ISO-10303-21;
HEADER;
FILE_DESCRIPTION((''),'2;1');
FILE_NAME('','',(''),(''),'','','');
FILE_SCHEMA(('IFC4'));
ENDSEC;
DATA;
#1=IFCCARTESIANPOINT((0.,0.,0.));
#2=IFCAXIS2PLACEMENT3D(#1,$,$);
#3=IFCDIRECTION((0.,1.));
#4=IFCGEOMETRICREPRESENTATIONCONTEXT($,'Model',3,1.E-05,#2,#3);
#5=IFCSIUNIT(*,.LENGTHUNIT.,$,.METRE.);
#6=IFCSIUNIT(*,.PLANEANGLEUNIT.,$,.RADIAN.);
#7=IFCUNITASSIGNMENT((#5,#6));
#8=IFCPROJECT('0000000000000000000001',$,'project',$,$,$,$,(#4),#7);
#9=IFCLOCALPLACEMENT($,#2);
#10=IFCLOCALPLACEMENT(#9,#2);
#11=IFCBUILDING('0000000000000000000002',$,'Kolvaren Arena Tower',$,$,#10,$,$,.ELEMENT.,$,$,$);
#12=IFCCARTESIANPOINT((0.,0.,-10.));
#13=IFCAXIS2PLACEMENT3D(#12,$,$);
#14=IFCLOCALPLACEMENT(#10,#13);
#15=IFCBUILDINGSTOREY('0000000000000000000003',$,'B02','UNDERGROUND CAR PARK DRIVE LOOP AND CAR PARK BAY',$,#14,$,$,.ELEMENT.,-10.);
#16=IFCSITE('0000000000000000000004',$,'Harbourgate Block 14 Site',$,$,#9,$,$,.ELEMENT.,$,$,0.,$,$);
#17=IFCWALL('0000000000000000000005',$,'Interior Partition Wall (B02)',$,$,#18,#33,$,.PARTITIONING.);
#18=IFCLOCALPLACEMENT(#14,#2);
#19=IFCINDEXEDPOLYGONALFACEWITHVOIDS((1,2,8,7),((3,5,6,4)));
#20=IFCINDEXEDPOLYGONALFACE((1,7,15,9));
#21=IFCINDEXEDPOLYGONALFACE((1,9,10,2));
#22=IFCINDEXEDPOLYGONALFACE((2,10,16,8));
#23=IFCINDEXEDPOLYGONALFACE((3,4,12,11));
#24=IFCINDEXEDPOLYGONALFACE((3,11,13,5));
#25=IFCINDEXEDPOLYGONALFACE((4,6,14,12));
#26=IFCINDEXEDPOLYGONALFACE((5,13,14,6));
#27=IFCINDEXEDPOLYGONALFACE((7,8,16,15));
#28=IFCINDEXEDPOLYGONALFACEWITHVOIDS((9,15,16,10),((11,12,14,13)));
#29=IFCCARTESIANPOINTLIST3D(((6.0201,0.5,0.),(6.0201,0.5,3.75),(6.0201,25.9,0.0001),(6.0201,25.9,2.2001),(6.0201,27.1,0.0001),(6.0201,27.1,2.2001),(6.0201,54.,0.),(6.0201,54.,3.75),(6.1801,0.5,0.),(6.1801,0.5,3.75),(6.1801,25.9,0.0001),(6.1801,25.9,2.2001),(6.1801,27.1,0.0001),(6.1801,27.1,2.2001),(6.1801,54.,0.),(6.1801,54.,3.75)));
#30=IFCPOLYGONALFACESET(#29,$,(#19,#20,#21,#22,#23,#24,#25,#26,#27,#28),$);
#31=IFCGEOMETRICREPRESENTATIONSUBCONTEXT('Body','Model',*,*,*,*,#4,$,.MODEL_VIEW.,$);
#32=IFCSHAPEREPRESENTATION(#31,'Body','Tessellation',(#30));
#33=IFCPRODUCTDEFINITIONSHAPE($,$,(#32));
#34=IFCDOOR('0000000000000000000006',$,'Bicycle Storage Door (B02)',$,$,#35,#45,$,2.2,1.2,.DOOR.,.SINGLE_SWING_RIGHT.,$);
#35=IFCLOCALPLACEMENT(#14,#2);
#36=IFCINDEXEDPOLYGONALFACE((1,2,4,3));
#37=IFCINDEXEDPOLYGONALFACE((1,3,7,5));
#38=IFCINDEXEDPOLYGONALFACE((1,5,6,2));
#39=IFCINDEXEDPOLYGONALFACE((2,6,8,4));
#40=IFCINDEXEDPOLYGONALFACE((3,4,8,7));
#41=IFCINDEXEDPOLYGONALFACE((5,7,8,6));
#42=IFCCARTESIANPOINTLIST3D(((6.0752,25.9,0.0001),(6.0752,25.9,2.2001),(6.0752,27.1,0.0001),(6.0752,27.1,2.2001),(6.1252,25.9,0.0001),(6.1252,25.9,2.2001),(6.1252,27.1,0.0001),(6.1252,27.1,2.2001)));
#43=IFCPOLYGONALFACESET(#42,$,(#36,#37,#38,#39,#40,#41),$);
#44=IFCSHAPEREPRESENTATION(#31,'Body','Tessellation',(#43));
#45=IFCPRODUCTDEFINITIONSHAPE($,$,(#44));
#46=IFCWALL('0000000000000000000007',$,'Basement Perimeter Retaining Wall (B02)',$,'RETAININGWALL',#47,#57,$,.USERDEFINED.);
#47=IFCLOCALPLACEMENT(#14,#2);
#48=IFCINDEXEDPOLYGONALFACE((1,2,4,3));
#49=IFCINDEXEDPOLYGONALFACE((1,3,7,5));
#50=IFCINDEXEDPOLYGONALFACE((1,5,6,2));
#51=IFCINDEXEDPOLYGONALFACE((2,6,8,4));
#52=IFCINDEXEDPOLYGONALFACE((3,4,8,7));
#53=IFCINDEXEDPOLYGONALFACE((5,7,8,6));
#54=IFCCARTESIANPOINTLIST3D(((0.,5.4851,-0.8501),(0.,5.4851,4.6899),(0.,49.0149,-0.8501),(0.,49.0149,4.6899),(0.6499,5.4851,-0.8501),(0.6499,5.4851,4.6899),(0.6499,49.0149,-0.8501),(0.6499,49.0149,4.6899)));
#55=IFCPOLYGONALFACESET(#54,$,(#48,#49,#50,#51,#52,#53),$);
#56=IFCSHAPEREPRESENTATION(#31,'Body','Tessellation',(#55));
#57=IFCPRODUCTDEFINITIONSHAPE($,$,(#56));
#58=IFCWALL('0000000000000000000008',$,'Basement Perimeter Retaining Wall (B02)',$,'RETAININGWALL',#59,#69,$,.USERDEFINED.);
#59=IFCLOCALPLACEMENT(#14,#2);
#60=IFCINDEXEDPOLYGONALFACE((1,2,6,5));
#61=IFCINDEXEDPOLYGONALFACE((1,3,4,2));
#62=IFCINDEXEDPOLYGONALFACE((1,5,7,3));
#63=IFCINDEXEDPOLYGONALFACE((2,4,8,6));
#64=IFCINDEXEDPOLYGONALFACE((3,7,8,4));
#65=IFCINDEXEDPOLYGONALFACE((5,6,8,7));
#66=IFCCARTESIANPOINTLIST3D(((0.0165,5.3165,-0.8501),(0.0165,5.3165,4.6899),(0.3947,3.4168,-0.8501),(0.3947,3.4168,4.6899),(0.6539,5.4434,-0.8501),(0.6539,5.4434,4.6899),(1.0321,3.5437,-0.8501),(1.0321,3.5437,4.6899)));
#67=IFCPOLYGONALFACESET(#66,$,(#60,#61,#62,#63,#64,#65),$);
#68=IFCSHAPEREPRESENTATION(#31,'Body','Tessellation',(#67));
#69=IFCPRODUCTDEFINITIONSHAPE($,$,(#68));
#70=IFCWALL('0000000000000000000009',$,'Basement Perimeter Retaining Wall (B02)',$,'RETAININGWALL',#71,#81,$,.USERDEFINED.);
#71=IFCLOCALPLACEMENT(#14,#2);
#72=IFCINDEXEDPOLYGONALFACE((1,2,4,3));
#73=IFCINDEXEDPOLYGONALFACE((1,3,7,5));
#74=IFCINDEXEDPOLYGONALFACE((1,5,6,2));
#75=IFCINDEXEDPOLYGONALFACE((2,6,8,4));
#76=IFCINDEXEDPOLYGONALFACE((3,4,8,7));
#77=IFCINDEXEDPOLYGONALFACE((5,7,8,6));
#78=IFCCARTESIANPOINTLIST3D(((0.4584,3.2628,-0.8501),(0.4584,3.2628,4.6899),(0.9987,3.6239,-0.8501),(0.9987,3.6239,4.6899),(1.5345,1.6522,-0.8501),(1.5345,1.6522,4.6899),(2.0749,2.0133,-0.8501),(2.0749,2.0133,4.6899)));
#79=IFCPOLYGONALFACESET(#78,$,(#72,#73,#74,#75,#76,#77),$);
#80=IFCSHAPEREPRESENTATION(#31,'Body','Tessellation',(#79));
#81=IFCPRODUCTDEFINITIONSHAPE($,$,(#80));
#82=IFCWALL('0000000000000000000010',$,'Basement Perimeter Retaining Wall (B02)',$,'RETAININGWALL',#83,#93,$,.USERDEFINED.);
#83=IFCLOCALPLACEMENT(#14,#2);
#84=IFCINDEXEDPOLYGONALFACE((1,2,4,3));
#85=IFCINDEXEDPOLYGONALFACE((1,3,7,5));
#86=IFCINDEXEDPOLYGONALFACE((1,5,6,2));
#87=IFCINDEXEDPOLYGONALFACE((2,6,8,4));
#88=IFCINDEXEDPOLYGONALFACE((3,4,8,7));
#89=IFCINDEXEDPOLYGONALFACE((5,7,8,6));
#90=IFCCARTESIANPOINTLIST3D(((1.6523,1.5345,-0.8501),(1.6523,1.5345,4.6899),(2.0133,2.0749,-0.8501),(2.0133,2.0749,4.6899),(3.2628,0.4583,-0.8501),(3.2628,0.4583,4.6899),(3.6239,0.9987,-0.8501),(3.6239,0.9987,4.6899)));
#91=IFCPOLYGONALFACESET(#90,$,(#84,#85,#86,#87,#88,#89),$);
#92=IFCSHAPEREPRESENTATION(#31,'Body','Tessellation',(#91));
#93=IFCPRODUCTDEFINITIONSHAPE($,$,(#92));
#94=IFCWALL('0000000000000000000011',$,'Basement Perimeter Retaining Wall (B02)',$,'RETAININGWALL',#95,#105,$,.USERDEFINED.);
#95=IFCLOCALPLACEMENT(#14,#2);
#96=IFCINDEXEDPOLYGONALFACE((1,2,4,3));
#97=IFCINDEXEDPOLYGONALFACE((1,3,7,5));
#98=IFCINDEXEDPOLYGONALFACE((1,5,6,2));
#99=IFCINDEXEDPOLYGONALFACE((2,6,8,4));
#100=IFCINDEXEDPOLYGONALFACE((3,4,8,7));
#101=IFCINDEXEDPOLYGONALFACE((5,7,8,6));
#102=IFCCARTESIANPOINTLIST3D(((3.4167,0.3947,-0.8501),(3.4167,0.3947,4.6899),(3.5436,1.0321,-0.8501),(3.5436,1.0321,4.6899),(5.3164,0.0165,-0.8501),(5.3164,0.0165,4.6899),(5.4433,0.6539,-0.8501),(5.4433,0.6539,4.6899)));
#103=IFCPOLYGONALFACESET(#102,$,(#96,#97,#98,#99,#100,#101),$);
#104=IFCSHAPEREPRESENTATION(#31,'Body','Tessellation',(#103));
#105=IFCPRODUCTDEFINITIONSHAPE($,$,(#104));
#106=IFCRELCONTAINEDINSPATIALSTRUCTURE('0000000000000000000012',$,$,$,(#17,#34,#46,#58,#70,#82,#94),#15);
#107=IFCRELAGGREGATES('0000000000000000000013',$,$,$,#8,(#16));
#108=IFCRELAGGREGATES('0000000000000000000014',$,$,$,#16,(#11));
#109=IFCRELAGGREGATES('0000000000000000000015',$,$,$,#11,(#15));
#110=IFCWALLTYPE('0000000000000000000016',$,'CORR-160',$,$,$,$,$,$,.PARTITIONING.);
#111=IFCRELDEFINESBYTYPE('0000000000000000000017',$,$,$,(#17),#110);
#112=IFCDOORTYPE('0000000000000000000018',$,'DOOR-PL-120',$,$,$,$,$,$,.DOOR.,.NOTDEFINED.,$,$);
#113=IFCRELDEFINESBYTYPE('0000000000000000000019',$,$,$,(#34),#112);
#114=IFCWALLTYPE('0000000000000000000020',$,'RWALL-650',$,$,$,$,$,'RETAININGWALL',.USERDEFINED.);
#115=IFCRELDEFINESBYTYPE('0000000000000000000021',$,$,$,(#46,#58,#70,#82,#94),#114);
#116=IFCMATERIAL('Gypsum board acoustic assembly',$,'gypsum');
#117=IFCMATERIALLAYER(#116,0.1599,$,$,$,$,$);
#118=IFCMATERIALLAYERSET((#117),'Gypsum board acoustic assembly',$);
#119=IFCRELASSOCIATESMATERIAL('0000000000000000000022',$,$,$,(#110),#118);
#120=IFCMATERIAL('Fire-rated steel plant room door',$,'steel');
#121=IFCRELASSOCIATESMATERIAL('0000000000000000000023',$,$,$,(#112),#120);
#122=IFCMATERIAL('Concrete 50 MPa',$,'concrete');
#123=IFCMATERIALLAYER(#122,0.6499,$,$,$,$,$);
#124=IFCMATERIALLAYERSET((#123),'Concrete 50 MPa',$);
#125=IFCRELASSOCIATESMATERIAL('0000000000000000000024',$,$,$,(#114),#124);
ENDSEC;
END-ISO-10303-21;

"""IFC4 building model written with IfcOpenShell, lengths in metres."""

from ifc_helpers import new_model, si_unit, direction, frame, frame_2d, origin, place, context, subcontext, project, spatial, rectangle, extrude, material, layer, layer_set, type_object, element, fill, save


model = new_model("IFC4")

# Units and contexts
model_context = context("Model", 3, precision=1e-05, world=origin(), true_north=direction((0.0, 1.0)))
body_context = subcontext(model_context, "Body", "Model", "MODEL_VIEW")
ifc_project = project(units=[si_unit("LENGTHUNIT", "METRE"), si_unit("PLANEANGLEUNIT", "RADIAN")], contexts=[model_context])

# Site, building, storey
site_placement = place(None, origin())
site = spatial("IfcSite", under=ifc_project, at=site_placement, Name="Harbourgate Block 14 Site", CompositionType="ELEMENT", RefElevation=0.0)
building_placement = place(site_placement, origin())
building = spatial("IfcBuilding", under=site, at=building_placement, Name="Kolvaren Arena Tower", CompositionType="ELEMENT")
storey_placement = place(building_placement, frame((0.0, 0.0, -10.0)))
storey = spatial("IfcBuildingStorey", under=building, at=storey_placement, Name="B02", Description="UNDERGROUND CAR PARK DRIVE LOOP AND CAR PARK BAY", CompositionType="ELEMENT", Elevation=-10.0)

# Wall, opening, door
ifc_material_1 = material(Name="Gypsum board acoustic assembly", Category="gypsum")
ifc_layer_1 = layer(ifc_material_1, 0.1599)
ifc_layer_set_1 = layer_set([ifc_layer_1], Name="Gypsum board acoustic assembly")
wall_type_1 = type_object("IfcWallType", Name="CORR-160", PredefinedType="PARTITIONING", material=ifc_layer_set_1)
wall_1_placement = place(storey_placement, frame((6.1001, 0.5, 0.0), z_axis=(0.0, 0.0, 1.0), x_axis=(0.0, 1.0, 0.0)))
wall_1 = element("IfcWall", 1, at=wall_1_placement, inside=storey, type_object=wall_type_1, Name="Interior Partition Wall (B02)", PredefinedType="PARTITIONING", context=body_context, shape_type="SweptSolid", body=[
    extrude(rectangle(XDim=53.5, YDim=0.1599, at=frame_2d((26.75, 0.0))), origin(), (0.0, 0.0, 1.0), 3.75),
])
opening_placement = place(wall_1_placement, frame((25.3999, 0.0, 0.0)))
opening = element("IfcOpeningElement", 2, at=opening_placement, cuts=wall_1, PredefinedType="OPENING", context=body_context, shape_type="SweptSolid", body=[
    extrude(rectangle(XDim=1.2, YDim=2.2, at=frame_2d((0.6001, 1.1001))), frame((0.0, 0.0898, 0.0), z_axis=(0.0, -1.0, 0.0), x_axis=(1.0, 0.0, 0.0)), (0.0, 0.0, 1.0), 0.1799),
])
ifc_material_2 = material(Name="Fire-rated steel plant room door", Category="steel")
door_type = type_object("IfcDoorType", Name="DOOR-PL-120", OperationType="NOTDEFINED", PredefinedType="DOOR", material=ifc_material_2)
door_placement = place(opening_placement, origin())
door = element("IfcDoor", 3, at=door_placement, inside=storey, type_object=door_type, Name="Bicycle Storage Door (B02)", OperationType="SINGLE_SWING_RIGHT", OverallHeight=2.2, OverallWidth=1.2, PredefinedType="DOOR", context=body_context, shape_type="SweptSolid", body=[
    extrude(rectangle(XDim=1.2, YDim=2.2, at=frame_2d((0.6001, 1.1001))), frame((0.0, 0.0249, 0.0), z_axis=(0.0, -1.0, 0.0), x_axis=(1.0, 0.0, 0.0)), (0.0, 0.0, 1.0), 0.05),
])
fill(opening, door)

# Walls
ifc_material_3 = material(Name="Concrete 50 MPa", Category="concrete")
ifc_layer_2 = layer(ifc_material_3, 0.6499)
ifc_layer_set_2 = layer_set([ifc_layer_2], Name="Concrete 50 MPa")
wall_type_2 = type_object("IfcWallType", Name="RWALL-650", ElementType="RETAININGWALL", PredefinedType="USERDEFINED", material=ifc_layer_set_2)
wall_2_placement = place(storey_placement, frame((0.325, 5.4851, -0.8501), z_axis=(0.0, 0.0, 1.0), x_axis=(0.0, 1.0, 0.0)))
element("IfcWall", 4, at=wall_2_placement, inside=storey, type_object=wall_type_2, Name="Basement Perimeter Retaining Wall (B02)", ObjectType="RETAININGWALL", PredefinedType="USERDEFINED", context=body_context, shape_type="SweptSolid", body=[
    extrude(rectangle(XDim=43.5298, YDim=0.6499, at=frame_2d((21.7649, 0.0))), origin(), (0.0, 0.0, 1.0), 5.54),
])
for number, where, z_axis, x_axis, name in (
    (5, (0.7134, 3.4802, -0.8501), (0.0, 0.0, 1.0), (-0.195243, 0.980755, 0.0), "Basement Perimeter Retaining Wall (B02)"),
    (6, (1.8047, 1.8328, -0.8501), (0.0, 0.0, 1.0), (-0.555572, 0.831468, 0.0), "Basement Perimeter Retaining Wall (B02)"),
    (7, (3.4434, 0.7285, -0.8501), (0.0, 0.0, 1.0), (-0.831468, 0.555572, 0.0), "Basement Perimeter Retaining Wall (B02)"),
    (8, (5.3799, 0.3352, -0.8501), (0.0, 0.0, 1.0), (-0.980755, 0.195243, 0.0), "Basement Perimeter Retaining Wall (B02)"),
):
    element("IfcWall", number, at=place(storey_placement, frame(where, z_axis=z_axis, x_axis=x_axis)), inside=storey, type_object=wall_type_2, Name=name, ObjectType="RETAININGWALL", PredefinedType="USERDEFINED", context=body_context, shape_type="SweptSolid", body=[
        extrude(rectangle(XDim=1.937, YDim=0.6499, at=frame_2d((0.9685, 0.0))), origin(), (0.0, 0.0, 1.0), 5.54),
    ])

save(model, "model.ifc")
